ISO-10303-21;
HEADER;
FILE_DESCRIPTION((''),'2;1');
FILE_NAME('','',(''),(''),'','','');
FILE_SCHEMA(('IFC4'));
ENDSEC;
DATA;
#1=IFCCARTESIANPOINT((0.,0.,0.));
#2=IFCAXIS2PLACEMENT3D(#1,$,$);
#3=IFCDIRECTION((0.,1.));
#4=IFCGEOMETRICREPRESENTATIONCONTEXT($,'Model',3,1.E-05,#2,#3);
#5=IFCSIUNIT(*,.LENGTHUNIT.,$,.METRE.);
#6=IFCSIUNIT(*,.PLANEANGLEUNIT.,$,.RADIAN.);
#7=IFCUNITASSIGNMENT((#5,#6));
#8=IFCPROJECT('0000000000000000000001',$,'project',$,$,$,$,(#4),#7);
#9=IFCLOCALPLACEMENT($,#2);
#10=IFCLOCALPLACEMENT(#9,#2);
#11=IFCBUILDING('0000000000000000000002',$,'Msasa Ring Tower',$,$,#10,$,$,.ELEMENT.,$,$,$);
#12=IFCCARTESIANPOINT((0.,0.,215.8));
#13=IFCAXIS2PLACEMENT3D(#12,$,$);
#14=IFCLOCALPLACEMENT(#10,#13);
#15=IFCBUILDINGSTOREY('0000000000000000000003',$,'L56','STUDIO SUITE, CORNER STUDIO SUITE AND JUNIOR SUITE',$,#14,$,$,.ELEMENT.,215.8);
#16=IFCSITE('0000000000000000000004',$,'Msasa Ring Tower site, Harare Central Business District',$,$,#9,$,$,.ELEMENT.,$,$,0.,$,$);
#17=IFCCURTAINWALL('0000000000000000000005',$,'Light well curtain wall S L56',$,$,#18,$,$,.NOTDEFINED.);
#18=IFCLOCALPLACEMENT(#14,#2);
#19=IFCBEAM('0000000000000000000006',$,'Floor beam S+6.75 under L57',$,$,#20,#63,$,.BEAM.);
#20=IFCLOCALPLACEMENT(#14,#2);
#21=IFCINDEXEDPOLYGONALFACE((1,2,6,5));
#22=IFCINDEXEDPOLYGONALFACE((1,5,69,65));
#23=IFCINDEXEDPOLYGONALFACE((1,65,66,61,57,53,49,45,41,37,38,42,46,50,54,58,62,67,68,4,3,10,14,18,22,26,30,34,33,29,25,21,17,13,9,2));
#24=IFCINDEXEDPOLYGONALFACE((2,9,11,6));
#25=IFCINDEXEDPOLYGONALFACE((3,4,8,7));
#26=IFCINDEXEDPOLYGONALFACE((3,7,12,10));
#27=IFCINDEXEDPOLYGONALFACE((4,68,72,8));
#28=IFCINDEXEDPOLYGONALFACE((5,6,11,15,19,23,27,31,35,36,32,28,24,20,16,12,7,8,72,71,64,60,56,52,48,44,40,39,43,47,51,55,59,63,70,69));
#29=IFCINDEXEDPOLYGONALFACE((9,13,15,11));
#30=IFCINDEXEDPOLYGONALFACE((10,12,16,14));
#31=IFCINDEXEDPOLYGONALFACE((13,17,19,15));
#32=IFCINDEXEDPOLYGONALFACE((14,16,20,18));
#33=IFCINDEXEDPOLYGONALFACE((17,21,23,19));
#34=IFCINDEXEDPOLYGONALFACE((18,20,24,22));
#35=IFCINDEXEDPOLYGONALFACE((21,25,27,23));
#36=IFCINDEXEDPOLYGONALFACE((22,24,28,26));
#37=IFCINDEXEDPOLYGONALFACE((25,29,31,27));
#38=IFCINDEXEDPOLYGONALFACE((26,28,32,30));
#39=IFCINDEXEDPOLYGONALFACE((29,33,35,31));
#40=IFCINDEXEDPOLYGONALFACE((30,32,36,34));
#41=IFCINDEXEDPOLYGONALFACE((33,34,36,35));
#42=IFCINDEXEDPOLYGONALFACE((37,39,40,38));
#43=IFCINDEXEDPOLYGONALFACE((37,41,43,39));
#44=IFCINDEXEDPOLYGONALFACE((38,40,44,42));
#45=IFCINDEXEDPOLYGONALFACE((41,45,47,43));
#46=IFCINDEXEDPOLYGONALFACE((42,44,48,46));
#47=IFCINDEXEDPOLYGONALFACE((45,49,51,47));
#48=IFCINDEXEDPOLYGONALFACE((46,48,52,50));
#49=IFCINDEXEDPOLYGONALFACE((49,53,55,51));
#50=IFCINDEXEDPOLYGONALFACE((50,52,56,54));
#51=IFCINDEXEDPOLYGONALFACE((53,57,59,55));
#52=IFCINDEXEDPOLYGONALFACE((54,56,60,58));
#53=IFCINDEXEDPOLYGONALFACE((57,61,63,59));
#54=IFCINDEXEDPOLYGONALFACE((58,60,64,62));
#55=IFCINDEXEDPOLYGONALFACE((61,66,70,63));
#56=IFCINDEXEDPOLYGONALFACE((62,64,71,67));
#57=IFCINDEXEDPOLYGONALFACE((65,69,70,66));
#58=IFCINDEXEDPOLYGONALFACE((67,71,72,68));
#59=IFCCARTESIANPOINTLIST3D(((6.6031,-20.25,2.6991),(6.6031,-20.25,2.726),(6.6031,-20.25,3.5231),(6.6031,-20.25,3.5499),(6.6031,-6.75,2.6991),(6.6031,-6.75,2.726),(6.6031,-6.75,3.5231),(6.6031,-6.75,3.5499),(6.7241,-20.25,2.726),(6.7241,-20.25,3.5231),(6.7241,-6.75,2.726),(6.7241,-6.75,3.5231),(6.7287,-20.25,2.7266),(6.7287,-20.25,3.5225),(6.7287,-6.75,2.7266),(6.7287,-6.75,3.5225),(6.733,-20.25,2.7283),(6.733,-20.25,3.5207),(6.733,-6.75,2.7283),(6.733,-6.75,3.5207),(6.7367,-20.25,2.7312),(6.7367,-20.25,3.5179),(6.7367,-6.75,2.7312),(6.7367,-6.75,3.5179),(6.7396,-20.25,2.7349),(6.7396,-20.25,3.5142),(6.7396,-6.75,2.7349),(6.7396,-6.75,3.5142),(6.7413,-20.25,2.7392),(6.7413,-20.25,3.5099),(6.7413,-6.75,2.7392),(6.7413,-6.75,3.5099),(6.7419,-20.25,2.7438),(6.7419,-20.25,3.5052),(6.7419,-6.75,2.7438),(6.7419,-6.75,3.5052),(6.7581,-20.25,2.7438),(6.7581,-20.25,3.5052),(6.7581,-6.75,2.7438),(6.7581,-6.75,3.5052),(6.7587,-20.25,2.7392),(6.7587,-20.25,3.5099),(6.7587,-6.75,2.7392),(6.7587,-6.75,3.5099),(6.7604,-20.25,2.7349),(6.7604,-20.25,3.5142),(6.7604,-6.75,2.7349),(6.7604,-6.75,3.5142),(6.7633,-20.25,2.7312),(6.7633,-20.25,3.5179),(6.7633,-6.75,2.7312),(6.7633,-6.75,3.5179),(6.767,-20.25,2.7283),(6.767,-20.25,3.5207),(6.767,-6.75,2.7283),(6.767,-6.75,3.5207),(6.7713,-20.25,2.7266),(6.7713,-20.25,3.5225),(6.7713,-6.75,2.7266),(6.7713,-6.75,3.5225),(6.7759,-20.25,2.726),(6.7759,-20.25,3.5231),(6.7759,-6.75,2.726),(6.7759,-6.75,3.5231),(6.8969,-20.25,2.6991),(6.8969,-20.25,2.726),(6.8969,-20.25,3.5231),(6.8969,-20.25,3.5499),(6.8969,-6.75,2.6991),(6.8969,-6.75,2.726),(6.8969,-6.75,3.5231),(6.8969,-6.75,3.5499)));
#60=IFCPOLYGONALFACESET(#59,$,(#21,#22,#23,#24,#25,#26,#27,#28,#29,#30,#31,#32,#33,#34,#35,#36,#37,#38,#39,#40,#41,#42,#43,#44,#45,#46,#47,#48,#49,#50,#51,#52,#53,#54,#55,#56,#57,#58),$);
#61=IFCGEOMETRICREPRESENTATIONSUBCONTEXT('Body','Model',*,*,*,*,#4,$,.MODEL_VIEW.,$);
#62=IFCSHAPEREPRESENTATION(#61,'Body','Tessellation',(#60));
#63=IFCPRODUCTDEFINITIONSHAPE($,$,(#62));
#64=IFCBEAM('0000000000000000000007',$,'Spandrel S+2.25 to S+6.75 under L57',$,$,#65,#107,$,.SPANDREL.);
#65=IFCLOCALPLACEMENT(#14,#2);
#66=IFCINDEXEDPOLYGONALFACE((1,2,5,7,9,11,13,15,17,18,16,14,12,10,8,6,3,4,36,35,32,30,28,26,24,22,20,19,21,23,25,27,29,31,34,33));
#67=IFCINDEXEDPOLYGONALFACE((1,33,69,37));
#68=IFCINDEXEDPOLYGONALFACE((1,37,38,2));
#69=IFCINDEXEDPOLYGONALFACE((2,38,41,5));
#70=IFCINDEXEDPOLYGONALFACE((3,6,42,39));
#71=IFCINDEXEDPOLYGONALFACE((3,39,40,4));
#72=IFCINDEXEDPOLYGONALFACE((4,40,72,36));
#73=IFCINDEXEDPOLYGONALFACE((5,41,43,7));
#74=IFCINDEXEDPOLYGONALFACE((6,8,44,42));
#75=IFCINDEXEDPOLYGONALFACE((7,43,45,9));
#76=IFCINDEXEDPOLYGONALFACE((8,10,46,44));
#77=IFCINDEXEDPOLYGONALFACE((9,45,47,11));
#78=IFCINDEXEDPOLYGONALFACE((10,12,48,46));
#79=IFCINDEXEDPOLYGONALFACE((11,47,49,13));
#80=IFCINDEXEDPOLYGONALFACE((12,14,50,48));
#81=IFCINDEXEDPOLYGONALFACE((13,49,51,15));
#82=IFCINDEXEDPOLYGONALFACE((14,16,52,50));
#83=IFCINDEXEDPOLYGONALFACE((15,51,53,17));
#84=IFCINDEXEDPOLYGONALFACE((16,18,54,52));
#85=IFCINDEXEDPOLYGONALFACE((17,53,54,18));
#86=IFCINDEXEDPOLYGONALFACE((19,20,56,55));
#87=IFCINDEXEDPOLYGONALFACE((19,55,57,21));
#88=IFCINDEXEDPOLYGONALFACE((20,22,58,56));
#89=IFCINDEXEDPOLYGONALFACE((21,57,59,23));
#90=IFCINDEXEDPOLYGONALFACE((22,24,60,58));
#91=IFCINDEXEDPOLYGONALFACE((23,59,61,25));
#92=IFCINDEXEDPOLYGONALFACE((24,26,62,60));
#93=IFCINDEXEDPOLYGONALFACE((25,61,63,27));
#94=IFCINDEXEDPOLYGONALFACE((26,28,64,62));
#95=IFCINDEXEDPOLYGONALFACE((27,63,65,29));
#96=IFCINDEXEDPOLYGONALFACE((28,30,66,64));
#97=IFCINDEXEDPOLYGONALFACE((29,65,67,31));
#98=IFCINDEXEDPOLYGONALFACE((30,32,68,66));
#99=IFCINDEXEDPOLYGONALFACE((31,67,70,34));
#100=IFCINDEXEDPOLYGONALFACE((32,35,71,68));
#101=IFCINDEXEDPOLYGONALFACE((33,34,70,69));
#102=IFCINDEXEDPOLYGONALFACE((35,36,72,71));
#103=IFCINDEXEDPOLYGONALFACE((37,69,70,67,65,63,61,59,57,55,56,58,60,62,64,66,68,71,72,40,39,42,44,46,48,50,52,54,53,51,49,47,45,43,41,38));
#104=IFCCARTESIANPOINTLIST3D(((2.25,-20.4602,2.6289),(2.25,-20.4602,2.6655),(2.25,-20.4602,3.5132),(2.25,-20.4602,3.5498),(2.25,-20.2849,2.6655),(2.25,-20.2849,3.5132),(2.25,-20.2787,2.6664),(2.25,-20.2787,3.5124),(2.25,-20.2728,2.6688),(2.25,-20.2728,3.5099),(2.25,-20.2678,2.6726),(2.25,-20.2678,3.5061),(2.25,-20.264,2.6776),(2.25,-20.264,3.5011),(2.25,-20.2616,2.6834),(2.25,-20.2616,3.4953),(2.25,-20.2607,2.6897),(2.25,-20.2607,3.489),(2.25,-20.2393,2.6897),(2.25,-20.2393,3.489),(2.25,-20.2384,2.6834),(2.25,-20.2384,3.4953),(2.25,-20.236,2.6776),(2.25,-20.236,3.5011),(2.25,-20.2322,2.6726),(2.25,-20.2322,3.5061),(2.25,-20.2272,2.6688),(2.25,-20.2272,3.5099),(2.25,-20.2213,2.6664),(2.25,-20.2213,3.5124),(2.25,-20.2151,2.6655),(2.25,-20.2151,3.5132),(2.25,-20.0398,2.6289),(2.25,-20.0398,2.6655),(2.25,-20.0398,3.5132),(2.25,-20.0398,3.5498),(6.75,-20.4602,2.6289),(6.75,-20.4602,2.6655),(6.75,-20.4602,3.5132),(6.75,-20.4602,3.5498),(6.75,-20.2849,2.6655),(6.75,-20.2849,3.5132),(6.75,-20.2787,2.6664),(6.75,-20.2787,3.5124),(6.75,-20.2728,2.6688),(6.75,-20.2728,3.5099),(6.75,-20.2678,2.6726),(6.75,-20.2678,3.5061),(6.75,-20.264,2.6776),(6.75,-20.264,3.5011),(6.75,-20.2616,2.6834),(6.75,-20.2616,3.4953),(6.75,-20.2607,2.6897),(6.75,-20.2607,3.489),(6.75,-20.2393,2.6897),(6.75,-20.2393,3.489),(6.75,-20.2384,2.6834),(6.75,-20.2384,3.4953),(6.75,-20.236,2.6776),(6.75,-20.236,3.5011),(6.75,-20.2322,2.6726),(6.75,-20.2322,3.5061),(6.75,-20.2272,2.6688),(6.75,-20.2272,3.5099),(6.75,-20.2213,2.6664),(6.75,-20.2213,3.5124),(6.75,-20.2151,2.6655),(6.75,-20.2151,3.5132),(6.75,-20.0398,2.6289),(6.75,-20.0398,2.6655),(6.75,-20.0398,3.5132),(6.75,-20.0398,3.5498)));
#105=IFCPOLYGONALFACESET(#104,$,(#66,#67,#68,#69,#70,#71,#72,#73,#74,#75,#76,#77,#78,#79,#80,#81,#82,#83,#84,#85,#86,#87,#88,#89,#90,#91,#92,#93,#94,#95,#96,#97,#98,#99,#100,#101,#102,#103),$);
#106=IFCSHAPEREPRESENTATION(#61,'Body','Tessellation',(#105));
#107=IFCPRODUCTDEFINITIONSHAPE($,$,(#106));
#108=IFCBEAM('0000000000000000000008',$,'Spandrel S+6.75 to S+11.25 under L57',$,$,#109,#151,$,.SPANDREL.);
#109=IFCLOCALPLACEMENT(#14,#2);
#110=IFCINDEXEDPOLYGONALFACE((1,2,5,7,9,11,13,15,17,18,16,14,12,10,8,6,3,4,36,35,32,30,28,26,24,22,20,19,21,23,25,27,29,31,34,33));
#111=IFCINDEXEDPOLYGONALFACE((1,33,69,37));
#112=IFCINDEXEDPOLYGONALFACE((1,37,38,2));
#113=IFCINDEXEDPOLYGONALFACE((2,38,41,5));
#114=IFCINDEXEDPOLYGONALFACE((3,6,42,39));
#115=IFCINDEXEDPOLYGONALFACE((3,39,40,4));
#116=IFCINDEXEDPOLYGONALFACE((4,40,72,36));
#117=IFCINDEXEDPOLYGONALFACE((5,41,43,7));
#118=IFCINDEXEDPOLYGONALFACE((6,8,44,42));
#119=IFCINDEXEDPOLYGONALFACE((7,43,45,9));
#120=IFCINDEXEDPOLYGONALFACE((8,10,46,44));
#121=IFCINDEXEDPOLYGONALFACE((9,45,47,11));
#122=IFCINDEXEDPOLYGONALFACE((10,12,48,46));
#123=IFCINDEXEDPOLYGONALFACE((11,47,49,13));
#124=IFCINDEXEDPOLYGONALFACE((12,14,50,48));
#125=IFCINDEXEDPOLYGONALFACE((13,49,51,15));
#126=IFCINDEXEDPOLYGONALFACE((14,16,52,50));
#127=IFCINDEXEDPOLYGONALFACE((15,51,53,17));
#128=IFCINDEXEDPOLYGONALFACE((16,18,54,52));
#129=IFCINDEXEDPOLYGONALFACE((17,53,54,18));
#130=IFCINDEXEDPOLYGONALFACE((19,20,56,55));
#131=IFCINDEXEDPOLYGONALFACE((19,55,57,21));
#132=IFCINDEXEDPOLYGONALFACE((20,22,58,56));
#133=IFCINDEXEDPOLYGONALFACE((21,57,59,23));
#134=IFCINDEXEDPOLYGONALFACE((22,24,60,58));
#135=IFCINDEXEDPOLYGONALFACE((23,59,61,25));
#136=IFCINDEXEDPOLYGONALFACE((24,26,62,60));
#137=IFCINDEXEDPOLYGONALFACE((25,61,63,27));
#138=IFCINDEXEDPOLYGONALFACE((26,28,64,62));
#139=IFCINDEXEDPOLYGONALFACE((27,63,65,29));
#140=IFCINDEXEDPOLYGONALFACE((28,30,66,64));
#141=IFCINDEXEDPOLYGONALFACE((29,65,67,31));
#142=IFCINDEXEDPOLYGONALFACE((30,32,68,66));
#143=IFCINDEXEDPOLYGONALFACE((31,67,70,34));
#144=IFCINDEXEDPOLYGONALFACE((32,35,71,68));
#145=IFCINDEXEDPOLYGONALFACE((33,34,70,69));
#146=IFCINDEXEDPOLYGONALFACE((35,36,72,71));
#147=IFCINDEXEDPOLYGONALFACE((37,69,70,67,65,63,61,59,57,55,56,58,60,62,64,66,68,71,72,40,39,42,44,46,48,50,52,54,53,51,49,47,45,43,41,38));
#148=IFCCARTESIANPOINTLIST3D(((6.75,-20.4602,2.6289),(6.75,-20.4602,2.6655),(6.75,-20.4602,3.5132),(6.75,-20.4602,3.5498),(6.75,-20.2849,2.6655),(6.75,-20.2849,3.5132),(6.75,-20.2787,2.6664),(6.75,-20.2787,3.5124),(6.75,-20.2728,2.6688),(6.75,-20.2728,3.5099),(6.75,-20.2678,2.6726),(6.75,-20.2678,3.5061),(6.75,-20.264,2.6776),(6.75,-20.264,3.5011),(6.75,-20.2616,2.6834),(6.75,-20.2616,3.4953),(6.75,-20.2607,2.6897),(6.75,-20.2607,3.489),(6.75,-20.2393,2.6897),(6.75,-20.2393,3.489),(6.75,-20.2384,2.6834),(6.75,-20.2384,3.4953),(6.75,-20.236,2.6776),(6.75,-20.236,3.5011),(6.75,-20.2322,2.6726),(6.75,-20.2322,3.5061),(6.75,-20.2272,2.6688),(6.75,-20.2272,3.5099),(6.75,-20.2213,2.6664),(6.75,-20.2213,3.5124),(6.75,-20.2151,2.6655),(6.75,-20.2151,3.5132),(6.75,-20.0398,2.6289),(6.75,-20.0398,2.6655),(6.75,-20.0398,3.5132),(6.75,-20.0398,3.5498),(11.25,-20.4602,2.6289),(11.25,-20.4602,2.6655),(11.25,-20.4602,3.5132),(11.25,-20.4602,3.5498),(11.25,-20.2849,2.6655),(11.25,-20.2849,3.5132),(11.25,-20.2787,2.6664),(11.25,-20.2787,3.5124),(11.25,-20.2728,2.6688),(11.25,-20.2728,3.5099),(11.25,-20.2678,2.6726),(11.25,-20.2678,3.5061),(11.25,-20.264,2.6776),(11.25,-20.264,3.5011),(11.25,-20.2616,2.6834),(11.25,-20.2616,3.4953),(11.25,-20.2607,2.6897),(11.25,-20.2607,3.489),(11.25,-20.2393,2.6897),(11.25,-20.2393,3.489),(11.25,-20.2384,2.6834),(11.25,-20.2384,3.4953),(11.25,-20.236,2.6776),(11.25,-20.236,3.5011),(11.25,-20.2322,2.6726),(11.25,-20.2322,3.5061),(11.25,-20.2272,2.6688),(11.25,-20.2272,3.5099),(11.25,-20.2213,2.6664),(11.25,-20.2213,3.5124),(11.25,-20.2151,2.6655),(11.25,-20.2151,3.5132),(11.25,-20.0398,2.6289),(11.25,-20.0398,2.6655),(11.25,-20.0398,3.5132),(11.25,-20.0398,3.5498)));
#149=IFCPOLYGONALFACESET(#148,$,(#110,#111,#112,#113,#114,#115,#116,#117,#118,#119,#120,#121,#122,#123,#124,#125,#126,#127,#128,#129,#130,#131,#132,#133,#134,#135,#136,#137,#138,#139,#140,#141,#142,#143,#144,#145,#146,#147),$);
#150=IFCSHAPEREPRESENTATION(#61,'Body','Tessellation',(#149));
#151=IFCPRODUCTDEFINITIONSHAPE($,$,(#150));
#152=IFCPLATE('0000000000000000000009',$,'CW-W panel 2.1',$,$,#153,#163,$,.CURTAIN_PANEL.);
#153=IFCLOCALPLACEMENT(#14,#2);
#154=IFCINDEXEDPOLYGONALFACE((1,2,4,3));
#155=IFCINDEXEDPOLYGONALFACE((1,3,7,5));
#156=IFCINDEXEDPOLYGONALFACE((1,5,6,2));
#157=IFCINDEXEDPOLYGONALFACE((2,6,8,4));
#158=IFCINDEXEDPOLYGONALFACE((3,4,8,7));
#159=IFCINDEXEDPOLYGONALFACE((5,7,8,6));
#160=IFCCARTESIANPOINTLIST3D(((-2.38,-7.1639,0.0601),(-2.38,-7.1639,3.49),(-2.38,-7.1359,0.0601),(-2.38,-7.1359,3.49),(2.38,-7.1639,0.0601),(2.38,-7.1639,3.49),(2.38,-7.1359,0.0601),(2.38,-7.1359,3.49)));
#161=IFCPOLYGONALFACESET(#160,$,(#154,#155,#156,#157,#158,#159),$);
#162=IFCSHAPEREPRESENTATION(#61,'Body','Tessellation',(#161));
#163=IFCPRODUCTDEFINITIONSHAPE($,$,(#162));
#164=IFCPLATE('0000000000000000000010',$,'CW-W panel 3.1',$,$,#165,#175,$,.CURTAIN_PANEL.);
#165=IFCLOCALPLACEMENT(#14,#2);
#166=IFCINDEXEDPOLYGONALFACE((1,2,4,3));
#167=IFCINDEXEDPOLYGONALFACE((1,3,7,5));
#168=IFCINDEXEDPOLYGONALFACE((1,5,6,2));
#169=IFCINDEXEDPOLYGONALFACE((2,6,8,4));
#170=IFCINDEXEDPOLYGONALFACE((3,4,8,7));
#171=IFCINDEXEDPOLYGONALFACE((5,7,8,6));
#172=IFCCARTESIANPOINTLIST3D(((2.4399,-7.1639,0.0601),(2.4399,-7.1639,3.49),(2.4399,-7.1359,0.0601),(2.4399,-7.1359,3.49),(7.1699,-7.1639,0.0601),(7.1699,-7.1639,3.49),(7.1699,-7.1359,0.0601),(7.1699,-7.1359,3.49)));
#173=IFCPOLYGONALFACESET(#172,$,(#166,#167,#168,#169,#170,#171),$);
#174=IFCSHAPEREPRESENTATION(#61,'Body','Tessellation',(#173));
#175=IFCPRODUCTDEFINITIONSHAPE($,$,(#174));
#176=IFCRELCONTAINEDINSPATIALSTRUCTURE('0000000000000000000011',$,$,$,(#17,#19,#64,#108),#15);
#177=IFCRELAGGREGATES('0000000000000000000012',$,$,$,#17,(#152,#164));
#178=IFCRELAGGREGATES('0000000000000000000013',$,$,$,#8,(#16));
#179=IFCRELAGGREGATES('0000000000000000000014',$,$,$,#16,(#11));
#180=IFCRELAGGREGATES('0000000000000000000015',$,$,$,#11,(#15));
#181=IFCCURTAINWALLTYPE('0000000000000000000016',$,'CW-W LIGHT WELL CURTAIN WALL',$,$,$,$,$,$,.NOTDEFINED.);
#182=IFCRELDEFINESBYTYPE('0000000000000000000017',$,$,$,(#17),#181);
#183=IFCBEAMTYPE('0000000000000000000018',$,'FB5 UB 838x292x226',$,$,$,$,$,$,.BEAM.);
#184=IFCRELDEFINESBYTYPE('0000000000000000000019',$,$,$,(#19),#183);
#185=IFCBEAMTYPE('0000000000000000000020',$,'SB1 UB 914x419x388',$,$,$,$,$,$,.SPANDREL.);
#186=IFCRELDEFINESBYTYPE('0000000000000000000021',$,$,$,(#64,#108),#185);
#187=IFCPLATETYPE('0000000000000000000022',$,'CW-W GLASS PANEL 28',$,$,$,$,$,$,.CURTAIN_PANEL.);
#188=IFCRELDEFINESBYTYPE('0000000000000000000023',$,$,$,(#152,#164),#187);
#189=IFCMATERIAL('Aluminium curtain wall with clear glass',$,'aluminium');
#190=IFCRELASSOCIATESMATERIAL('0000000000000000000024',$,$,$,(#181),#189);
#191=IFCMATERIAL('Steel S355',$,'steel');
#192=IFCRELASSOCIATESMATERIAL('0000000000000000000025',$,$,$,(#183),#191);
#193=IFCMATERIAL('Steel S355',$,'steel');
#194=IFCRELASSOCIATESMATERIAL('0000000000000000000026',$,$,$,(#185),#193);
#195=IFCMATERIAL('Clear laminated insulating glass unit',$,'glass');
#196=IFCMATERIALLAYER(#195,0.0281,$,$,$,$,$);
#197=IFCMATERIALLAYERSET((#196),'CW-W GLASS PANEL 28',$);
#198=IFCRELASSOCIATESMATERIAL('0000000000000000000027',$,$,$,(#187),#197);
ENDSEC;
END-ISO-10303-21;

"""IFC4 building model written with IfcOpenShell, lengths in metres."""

from ifc_helpers import new_model, si_unit, direction, frame, origin, origin_2d, place, context, subcontext, project, spatial, rectangle, i_section, extrude, material, layer, layer_set, material_profile, profile_set, type_object, element, aggregate, save


model = new_model("IFC4")

# Units and contexts
model_context = context("Model", 3, precision=1e-05, world=origin(), true_north=direction((0.0, 1.0)))
body_context = subcontext(model_context, "Body", "Model", "MODEL_VIEW")
ifc_project = project(units=[si_unit("LENGTHUNIT", "METRE"), si_unit("PLANEANGLEUNIT", "RADIAN")], contexts=[model_context])

# Site, building, storey
site_placement = place(None, origin())
site = spatial("IfcSite", under=ifc_project, at=site_placement, Name="Msasa Ring Tower site, Harare Central Business District", CompositionType="ELEMENT", RefElevation=0.0)
building_placement = place(site_placement, origin())
building = spatial("IfcBuilding", under=site, at=building_placement, Name="Msasa Ring Tower", CompositionType="ELEMENT")
storey_placement = place(building_placement, frame((0.0, 0.0, 215.8)))
storey = spatial("IfcBuildingStorey", under=building, at=storey_placement, Name="L56", Description="STUDIO SUITE, CORNER STUDIO SUITE AND JUNIOR SUITE", CompositionType="ELEMENT", Elevation=215.8)

# Curtain wall
ifc_material_1 = material(Name="Aluminium curtain wall with clear glass", Category="aluminium")
curtain_wall_type = type_object("IfcCurtainWallType", Name="CW-W LIGHT WELL CURTAIN WALL", PredefinedType="NOTDEFINED", material=ifc_material_1)
curtain_wall_1_placement = place(storey_placement, origin())
curtain_wall_1 = element("IfcCurtainWall", 1, at=curtain_wall_1_placement, inside=storey, type_object=curtain_wall_type, Name="Light well curtain wall S L56", PredefinedType="NOTDEFINED")

# Beams
ifc_material_2 = material(Name="Steel S355", Category="steel")
ifc_material_profile_1 = material_profile(ifc_material_2, i_section(OverallWidth=0.2937, OverallDepth=0.8508, WebThickness=0.0161, FlangeThickness=0.0269, FilletRadius=0.0178, at=origin_2d()), Name="UB 838x292x226")
ifc_profile_set_1 = profile_set([ifc_material_profile_1], Name="Steel S355")
beam_type_1 = type_object("IfcBeamType", Name="FB5 UB 838x292x226", PredefinedType="BEAM", material=ifc_profile_set_1)
for number, where, z_axis, x_axis, name in (
    (2, (6.75, -20.25, 3.1245), (0.0, 1.0, 0.0), (-1.0, 0.0, 0.0), "Floor beam S+6.75 under L57"),
):
    element("IfcBeam", number, at=place(storey_placement, frame(where, z_axis=z_axis, x_axis=x_axis)), inside=storey, type_object=beam_type_1, Name=name, PredefinedType="BEAM", context=body_context, shape_type="SweptSolid", body=[
        extrude(i_section(OverallWidth=0.2937, OverallDepth=0.8508, WebThickness=0.0161, FlangeThickness=0.0269, FilletRadius=0.0178, at=origin_2d()), origin(), (0.0, 0.0, 1.0), 13.5),
    ])
ifc_material_3 = material(Name="Steel S355", Category="steel")
ifc_material_profile_2 = material_profile(ifc_material_3, i_section(OverallWidth=0.4204, OverallDepth=0.9209, WebThickness=0.0215, FlangeThickness=0.0366, FilletRadius=0.0242, at=origin_2d()), Name="UB 914x419x388")
ifc_profile_set_2 = profile_set([ifc_material_profile_2], Name="Steel S355")
beam_type_2 = type_object("IfcBeamType", Name="SB1 UB 914x419x388", PredefinedType="SPANDREL", material=ifc_profile_set_2)
for number, where, z_axis, x_axis, name in (
    (3, (2.25, -20.25, 3.0894), (1.0, 0.0, 0.0), (0.0, 1.0, 0.0), "Spandrel S+2.25 to S+6.75 under L57"),
    (4, (6.75, -20.25, 3.0894), (1.0, 0.0, 0.0), (0.0, 1.0, 0.0), "Spandrel S+6.75 to S+11.25 under L57"),
):
    element("IfcBeam", number, at=place(storey_placement, frame(where, z_axis=z_axis, x_axis=x_axis)), inside=storey, type_object=beam_type_2, Name=name, PredefinedType="SPANDREL", context=body_context, shape_type="SweptSolid", body=[
        extrude(i_section(OverallWidth=0.4204, OverallDepth=0.9209, WebThickness=0.0215, FlangeThickness=0.0366, FilletRadius=0.0242, at=origin_2d()), origin(), (0.0, 0.0, 1.0), 4.5),
    ])

# Plates
ifc_material_4 = material(Name="Clear laminated insulating glass unit", Category="glass")
ifc_layer_1 = layer(ifc_material_4, 0.0281)
ifc_layer_set_1 = layer_set([ifc_layer_1], Name="CW-W GLASS PANEL 28")
plate_type = type_object("IfcPlateType", Name="CW-W GLASS PANEL 28", PredefinedType="CURTAIN_PANEL", material=ifc_layer_set_1)
plate_1_placement = place(storey_placement, frame((0.0, -7.1499, 0.0601), z_axis=(0.0, 0.0, 1.0), x_axis=(1.0, 0.0, 0.0)))
plate_1 = element("IfcPlate", 5, at=plate_1_placement, type_object=plate_type, Name="CW-W panel 2.1", PredefinedType="CURTAIN_PANEL", context=body_context, shape_type="SweptSolid", body=[
    extrude(rectangle(XDim=4.76, YDim=0.0281, at=origin_2d()), origin(), (0.0, 0.0, 1.0), 3.4299),
])
plate_2_placement = place(storey_placement, frame((4.8049, -7.1499, 0.0601), z_axis=(0.0, 0.0, 1.0), x_axis=(1.0, 0.0, 0.0)))
plate_2 = element("IfcPlate", 6, at=plate_2_placement, type_object=plate_type, Name="CW-W panel 3.1", PredefinedType="CURTAIN_PANEL", context=body_context, shape_type="SweptSolid", body=[
    extrude(rectangle(XDim=4.73, YDim=0.0281, at=origin_2d()), origin(), (0.0, 0.0, 1.0), 3.4299),
])
aggregate(curtain_wall_1, [plate_1, plate_2])

save(model, "model.ifc")
